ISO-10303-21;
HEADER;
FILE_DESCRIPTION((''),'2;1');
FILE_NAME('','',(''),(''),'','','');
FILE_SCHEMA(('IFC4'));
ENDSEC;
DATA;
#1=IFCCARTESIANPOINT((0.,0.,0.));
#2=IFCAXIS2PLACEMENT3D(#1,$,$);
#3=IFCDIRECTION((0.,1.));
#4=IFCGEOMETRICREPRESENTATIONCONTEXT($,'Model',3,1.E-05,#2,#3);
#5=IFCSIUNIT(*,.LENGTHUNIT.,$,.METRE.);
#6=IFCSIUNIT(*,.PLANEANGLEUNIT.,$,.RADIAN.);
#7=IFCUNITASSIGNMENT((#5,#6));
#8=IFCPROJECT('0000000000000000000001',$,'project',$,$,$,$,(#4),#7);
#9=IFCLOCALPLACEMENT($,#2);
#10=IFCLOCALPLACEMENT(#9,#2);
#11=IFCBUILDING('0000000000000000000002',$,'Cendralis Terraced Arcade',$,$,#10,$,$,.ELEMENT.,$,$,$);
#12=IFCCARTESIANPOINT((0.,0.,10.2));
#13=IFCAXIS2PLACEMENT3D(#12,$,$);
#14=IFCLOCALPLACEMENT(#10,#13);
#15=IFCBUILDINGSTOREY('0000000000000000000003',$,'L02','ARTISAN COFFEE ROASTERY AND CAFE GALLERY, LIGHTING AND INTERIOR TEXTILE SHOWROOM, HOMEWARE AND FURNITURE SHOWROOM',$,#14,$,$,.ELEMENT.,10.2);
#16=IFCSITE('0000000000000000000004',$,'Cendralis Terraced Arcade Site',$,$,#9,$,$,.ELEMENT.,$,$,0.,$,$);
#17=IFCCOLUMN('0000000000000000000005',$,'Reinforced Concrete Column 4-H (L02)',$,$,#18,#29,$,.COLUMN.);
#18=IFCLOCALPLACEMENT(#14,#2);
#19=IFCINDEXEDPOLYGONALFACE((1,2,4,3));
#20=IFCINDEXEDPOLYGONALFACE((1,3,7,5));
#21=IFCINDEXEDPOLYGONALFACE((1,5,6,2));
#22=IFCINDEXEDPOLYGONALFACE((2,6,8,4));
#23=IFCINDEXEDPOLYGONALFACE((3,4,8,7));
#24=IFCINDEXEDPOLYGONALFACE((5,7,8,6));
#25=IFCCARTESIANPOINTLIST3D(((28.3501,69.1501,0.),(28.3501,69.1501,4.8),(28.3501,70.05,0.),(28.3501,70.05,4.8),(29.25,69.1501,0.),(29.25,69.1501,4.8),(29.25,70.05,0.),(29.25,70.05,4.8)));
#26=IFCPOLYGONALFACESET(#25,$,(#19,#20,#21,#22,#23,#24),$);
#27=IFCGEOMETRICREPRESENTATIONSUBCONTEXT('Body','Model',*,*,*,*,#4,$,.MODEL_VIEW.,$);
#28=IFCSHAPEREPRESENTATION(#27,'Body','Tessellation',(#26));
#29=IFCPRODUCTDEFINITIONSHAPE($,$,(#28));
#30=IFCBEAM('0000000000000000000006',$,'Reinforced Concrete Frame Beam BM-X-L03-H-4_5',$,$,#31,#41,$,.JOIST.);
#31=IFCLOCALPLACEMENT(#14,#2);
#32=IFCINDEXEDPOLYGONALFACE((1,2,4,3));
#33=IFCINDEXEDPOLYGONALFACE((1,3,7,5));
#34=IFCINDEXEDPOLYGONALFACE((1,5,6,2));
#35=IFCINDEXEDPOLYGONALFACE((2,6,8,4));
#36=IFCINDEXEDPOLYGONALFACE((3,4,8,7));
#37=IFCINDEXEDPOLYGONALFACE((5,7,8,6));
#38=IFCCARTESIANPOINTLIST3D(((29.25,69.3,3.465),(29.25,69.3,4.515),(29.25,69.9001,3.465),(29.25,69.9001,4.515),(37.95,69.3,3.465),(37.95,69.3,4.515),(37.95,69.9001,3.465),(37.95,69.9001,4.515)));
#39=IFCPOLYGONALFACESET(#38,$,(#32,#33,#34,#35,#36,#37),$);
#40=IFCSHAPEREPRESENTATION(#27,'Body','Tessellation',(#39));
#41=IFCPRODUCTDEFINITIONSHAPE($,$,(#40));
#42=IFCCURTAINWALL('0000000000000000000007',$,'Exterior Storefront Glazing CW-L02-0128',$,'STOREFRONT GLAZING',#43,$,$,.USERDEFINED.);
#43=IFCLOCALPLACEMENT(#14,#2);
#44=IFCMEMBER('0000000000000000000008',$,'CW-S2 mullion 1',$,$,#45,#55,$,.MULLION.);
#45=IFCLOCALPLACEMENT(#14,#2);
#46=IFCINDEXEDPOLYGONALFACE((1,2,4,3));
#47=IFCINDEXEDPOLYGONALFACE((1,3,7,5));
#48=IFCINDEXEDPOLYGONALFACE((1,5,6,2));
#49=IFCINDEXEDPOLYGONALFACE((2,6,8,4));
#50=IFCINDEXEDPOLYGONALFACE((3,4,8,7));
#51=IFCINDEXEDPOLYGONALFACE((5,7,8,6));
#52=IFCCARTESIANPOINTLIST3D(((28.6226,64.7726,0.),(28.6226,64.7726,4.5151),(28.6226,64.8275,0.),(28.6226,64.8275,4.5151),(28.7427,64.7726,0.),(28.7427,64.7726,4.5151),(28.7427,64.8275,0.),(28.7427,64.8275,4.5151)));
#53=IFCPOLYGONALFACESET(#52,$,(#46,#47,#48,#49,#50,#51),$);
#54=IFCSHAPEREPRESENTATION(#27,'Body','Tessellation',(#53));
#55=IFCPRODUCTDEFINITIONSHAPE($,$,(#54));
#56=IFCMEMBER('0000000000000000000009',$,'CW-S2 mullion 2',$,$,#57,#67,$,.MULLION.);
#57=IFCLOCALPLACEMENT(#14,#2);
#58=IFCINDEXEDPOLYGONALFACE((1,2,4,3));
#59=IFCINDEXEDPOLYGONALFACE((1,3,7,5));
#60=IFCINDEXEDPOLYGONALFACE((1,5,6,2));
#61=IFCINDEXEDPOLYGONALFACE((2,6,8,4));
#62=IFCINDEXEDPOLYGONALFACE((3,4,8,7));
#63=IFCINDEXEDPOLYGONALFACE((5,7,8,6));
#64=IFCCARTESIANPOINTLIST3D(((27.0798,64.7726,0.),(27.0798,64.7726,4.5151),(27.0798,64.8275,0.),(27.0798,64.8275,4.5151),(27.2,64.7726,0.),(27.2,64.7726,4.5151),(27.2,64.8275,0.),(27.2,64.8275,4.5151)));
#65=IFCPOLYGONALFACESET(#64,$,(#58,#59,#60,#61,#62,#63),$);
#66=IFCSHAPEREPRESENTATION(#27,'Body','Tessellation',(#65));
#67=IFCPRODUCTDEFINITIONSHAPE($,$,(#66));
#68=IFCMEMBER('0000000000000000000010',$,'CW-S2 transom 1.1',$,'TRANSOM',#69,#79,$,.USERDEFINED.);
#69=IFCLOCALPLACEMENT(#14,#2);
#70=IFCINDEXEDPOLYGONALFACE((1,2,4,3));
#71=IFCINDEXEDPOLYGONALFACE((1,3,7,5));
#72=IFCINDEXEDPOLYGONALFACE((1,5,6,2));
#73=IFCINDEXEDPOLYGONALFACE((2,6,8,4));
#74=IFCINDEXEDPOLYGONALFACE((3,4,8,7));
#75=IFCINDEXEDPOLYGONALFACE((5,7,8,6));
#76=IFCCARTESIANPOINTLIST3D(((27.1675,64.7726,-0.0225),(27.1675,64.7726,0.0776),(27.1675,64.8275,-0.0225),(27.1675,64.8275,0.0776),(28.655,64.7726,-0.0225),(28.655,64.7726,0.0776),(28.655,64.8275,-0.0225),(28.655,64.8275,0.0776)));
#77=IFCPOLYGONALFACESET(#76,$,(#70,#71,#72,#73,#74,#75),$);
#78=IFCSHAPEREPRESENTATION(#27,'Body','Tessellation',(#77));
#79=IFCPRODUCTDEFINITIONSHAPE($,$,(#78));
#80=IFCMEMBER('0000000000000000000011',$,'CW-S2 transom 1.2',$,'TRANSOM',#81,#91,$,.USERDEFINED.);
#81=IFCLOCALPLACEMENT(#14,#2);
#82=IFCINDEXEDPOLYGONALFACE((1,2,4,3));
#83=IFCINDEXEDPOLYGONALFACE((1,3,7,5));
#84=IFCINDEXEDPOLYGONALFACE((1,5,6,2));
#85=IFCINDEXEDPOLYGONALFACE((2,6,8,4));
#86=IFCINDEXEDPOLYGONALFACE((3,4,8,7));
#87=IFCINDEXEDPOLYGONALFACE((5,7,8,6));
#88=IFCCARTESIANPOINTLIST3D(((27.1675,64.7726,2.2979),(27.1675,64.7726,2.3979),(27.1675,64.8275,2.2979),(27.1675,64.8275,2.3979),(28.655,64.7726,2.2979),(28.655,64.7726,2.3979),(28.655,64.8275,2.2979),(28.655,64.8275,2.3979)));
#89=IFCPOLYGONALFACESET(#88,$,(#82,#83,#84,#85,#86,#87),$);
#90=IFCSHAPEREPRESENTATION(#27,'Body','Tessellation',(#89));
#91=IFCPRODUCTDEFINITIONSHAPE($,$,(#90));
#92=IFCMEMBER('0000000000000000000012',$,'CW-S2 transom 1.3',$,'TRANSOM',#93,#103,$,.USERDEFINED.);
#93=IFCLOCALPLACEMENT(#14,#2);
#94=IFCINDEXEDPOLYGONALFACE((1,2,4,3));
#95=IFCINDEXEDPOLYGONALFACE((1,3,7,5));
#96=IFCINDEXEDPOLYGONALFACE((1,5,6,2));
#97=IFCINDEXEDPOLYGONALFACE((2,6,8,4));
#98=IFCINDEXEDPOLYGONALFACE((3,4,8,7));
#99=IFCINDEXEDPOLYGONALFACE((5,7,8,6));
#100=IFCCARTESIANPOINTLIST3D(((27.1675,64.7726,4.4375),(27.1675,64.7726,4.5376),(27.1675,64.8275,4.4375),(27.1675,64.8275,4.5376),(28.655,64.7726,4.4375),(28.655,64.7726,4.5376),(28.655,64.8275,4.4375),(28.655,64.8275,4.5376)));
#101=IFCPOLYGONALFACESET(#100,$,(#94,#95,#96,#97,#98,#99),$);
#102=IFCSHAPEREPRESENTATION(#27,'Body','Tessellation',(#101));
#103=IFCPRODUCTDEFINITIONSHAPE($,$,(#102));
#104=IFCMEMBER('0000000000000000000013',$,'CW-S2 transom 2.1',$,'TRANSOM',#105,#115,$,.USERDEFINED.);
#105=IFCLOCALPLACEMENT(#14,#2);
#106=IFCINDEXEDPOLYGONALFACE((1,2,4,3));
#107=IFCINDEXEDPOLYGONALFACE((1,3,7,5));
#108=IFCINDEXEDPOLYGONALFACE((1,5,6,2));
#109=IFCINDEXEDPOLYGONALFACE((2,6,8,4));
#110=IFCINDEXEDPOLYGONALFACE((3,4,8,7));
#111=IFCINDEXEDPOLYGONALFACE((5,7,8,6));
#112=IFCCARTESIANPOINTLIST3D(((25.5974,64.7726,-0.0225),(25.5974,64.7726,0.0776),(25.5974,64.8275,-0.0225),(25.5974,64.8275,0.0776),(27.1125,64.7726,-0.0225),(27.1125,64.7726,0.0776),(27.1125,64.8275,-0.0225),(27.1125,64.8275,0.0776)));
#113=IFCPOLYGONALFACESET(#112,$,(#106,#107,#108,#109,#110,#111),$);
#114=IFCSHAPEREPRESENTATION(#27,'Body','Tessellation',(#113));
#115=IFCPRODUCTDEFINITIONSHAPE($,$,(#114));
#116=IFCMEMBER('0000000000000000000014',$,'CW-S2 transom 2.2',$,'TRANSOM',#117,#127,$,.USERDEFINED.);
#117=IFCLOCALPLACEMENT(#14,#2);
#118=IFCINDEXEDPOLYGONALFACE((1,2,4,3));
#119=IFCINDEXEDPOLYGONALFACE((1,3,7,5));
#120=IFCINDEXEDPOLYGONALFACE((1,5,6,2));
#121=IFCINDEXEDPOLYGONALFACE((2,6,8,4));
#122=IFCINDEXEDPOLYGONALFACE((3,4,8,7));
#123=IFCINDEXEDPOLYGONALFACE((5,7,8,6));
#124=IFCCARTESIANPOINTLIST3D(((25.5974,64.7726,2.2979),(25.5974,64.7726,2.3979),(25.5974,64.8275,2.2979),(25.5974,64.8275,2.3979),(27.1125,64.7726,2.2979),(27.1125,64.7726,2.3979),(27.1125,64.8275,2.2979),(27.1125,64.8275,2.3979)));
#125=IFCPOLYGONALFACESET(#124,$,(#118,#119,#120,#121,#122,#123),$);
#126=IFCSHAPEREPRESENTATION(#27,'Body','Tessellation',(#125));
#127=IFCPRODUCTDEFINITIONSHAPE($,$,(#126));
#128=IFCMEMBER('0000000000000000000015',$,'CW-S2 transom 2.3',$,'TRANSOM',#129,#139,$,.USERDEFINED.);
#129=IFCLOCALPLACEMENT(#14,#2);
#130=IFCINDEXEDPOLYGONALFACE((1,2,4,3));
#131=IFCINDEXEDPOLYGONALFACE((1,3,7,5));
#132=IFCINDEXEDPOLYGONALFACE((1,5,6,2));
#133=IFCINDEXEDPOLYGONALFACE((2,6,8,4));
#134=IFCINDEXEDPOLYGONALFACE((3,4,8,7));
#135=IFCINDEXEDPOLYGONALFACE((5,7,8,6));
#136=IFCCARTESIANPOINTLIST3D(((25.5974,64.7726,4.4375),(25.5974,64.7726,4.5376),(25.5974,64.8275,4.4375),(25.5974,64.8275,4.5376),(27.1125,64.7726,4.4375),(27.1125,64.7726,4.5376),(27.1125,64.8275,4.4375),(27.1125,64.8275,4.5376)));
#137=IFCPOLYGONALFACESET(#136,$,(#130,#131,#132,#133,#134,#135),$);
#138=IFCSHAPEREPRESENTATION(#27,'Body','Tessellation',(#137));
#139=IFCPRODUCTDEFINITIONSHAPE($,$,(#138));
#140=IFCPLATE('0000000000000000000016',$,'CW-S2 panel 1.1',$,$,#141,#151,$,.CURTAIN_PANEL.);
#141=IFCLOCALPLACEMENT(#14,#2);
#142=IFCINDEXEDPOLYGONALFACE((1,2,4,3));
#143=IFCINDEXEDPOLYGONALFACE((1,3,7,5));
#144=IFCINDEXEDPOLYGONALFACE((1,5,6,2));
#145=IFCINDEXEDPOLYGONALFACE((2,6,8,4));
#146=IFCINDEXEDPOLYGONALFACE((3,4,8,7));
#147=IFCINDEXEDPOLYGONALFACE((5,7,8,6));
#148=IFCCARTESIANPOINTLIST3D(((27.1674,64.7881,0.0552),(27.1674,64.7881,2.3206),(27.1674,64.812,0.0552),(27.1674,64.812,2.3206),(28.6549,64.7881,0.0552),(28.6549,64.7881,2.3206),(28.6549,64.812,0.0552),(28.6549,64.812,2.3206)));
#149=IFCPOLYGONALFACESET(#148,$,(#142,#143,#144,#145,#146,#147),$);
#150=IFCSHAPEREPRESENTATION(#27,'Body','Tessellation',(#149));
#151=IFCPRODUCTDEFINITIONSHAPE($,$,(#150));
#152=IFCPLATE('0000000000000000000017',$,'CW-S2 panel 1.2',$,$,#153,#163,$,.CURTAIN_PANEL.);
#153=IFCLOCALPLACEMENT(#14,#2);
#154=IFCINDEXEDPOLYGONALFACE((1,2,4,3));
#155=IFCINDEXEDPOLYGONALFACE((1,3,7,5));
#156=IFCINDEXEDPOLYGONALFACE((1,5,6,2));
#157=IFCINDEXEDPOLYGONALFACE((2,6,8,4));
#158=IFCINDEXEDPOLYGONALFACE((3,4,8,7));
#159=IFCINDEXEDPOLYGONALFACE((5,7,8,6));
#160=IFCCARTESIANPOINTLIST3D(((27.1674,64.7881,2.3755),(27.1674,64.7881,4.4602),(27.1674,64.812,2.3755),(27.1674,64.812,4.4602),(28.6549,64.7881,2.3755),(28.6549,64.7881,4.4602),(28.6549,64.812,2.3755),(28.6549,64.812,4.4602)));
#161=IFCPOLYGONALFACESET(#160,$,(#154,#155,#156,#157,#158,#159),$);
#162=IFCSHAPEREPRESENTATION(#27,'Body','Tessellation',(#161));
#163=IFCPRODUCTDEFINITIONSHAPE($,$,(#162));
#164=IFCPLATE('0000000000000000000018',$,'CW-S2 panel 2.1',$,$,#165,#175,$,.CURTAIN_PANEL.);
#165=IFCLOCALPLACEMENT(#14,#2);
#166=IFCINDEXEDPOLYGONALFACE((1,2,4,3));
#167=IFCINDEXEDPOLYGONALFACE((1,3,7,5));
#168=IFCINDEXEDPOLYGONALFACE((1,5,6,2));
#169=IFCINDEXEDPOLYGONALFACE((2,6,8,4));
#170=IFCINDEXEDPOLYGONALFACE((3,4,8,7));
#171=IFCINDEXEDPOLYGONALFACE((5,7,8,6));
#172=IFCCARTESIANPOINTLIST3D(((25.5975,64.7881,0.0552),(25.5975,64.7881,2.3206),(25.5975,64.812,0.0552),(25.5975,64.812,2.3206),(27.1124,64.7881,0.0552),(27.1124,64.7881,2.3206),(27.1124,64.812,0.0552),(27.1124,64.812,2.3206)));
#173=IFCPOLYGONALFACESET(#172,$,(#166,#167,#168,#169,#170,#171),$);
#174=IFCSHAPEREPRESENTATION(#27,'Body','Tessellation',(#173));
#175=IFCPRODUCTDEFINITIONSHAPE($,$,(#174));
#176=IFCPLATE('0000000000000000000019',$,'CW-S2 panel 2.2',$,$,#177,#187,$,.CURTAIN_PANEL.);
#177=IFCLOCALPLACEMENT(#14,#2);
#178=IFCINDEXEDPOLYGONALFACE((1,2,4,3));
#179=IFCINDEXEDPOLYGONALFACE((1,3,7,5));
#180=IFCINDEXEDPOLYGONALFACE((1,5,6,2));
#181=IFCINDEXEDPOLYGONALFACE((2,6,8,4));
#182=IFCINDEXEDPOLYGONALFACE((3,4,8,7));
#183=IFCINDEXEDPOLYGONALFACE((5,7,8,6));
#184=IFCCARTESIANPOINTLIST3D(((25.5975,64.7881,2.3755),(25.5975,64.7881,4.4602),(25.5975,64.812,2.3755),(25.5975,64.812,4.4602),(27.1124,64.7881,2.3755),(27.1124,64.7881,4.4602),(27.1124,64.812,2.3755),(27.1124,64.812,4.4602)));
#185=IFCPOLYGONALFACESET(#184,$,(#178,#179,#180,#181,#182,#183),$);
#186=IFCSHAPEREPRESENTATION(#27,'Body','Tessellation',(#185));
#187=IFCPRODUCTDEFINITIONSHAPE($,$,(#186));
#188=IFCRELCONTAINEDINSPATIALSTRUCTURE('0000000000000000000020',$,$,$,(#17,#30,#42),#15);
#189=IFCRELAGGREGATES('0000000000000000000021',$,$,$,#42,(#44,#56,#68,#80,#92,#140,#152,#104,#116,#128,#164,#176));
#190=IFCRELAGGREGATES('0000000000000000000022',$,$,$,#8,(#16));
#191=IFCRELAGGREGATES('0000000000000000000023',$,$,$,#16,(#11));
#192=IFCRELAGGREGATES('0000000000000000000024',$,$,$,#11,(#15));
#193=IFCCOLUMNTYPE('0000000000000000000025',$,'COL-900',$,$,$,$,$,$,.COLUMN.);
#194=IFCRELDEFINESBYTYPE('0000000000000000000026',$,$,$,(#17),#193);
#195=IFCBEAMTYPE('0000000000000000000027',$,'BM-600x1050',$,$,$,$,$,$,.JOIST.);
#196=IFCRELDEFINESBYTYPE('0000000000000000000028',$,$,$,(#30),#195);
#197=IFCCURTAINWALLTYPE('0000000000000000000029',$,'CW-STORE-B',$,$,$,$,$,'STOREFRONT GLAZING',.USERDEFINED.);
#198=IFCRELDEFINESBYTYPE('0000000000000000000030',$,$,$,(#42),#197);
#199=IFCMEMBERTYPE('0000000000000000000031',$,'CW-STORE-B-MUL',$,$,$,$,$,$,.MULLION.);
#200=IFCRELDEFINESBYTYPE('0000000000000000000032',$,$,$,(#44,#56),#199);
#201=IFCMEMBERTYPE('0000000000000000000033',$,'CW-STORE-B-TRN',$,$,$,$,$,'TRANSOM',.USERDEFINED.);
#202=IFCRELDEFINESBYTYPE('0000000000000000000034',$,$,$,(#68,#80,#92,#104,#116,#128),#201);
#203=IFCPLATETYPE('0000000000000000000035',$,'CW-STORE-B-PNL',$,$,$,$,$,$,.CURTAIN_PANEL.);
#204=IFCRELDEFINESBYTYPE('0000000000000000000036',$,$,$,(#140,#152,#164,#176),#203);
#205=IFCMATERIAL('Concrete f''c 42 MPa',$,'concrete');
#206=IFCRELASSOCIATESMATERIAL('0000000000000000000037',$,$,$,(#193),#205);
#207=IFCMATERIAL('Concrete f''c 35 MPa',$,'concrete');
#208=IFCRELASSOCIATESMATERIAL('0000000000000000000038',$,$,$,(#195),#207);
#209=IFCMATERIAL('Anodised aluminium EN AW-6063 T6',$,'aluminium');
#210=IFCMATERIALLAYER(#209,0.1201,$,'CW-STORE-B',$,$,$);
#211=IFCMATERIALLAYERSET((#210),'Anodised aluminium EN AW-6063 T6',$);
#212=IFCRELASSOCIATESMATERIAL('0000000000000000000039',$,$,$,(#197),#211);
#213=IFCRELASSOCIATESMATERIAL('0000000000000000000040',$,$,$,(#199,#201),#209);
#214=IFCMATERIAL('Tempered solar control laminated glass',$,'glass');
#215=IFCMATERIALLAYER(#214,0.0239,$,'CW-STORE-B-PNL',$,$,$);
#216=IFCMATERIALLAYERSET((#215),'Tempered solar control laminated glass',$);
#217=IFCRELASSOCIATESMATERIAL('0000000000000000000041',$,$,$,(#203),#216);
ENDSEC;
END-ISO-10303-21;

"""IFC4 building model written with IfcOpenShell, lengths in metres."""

from ifc_helpers import new_model, si_unit, direction, frame, origin, origin_2d, place, context, subcontext, project, spatial, rectangle, extrude, material, layer, layer_set, material_profile, profile_set, type_object, element, aggregate, save


model = new_model("IFC4")

# Units and contexts
model_context = context("Model", 3, precision=1e-05, world=origin(), true_north=direction((0.0, 1.0)))
body_context = subcontext(model_context, "Body", "Model", "MODEL_VIEW")
ifc_project = project(units=[si_unit("LENGTHUNIT", "METRE"), si_unit("PLANEANGLEUNIT", "RADIAN")], contexts=[model_context])

# Site, building, storey
site_placement = place(None, origin())
site = spatial("IfcSite", under=ifc_project, at=site_placement, Name="Cendralis Terraced Arcade Site", CompositionType="ELEMENT", RefElevation=0.0)
building_placement = place(site_placement, origin())
building = spatial("IfcBuilding", under=site, at=building_placement, Name="Cendralis Terraced Arcade", CompositionType="ELEMENT")
storey_placement = place(building_placement, frame((0.0, 0.0, 10.2)))
storey = spatial("IfcBuildingStorey", under=building, at=storey_placement, Name="L02", Description="ARTISAN COFFEE ROASTERY AND CAFE GALLERY, LIGHTING AND INTERIOR TEXTILE SHOWROOM, HOMEWARE AND FURNITURE SHOWROOM", CompositionType="ELEMENT", Elevation=10.2)

# Column
ifc_material_1 = material(Name="Concrete f'c 42 MPa", Category="concrete")
ifc_material_profile_1 = material_profile(ifc_material_1, rectangle(XDim=0.8999, YDim=0.8999, at=origin_2d()), Name="RC-COL-900x900", Category="LoadBearing")
ifc_profile_set_1 = profile_set([ifc_material_profile_1], Name="Concrete f'c 42 MPa")
column_type = type_object("IfcColumnType", Name="COL-900", PredefinedType="COLUMN", material=ifc_profile_set_1)
column_placement = place(storey_placement, frame((28.8, 69.6001, 0.0), z_axis=(0.0, 0.0, 1.0), x_axis=(1.0, 0.0, 0.0)))
element("IfcColumn", 1, at=column_placement, inside=storey, type_object=column_type, Name="Reinforced Concrete Column 4-H (L02)", PredefinedType="COLUMN", context=body_context, shape_type="SweptSolid", body=[
    extrude(rectangle(XDim=0.8999, YDim=0.8999, at=origin_2d()), origin(), (0.0, 0.0, 1.0), 4.8),
])

# Beam
ifc_material_2 = material(Name="Concrete f'c 35 MPa", Category="concrete")
ifc_material_profile_2 = material_profile(ifc_material_2, rectangle(XDim=0.6001, YDim=1.05, at=origin_2d()), Name="RC-BM-600x1050", Category="LoadBearing")
ifc_profile_set_2 = profile_set([ifc_material_profile_2], Name="Concrete f'c 35 MPa")
beam_type = type_object("IfcBeamType", Name="BM-600x1050", PredefinedType="JOIST", material=ifc_profile_set_2)
beam_placement = place(storey_placement, frame((29.25, 69.6001, 3.99), z_axis=(1.0, 0.0, 0.0), x_axis=(0.0, 1.0, 0.0)))
element("IfcBeam", 2, at=beam_placement, inside=storey, type_object=beam_type, Name="Reinforced Concrete Frame Beam BM-X-L03-H-4_5", PredefinedType="JOIST", context=body_context, shape_type="SweptSolid", body=[
    extrude(rectangle(XDim=0.6001, YDim=1.05, at=origin_2d()), origin(), (0.0, 0.0, 1.0), 8.7),
])

# Curtain wall, members, plates
ifc_material_3 = material(Name="Anodised aluminium EN AW-6063 T6", Category="aluminium")
ifc_layer_1 = layer(ifc_material_3, 0.1201, Name="CW-STORE-B")
ifc_layer_set_1 = layer_set([ifc_layer_1], Name="Anodised aluminium EN AW-6063 T6")
curtain_wall_type = type_object("IfcCurtainWallType", Name="CW-STORE-B", ElementType="STOREFRONT GLAZING", PredefinedType="USERDEFINED", material=ifc_layer_set_1)
curtain_wall_placement = place(storey_placement, origin())
curtain_wall = element("IfcCurtainWall", 3, at=curtain_wall_placement, inside=storey, type_object=curtain_wall_type, Name="Exterior Storefront Glazing CW-L02-0128", ObjectType="STOREFRONT GLAZING", PredefinedType="USERDEFINED")
ifc_material_profile_3 = material_profile(ifc_material_3, rectangle(XDim=0.0549, YDim=0.1201, at=origin_2d()), Name="ALU-MUL-55x120")
ifc_profile_set_3 = profile_set([ifc_material_profile_3], Name="Anodised aluminium EN AW-6063 T6")
member_type_1 = type_object("IfcMemberType", Name="CW-STORE-B-MUL", PredefinedType="MULLION", material=ifc_profile_set_3)
member_1_placement = place(storey_placement, frame((28.6826, 64.8, 0.0), z_axis=(0.0, 0.0, 1.0), x_axis=(0.0, -1.0, 0.0)))
member_1 = element("IfcMember", 4, at=member_1_placement, type_object=member_type_1, Name="CW-S2 mullion 1", PredefinedType="MULLION", context=body_context, shape_type="SweptSolid", body=[
    extrude(rectangle(XDim=0.0549, YDim=0.1201, at=origin_2d()), origin(), (0.0, 0.0, 1.0), 4.5151),
])
member_2_placement = place(storey_placement, frame((27.1399, 64.8, 0.0), z_axis=(0.0, 0.0, 1.0), x_axis=(0.0, -1.0, 0.0)))
member_2 = element("IfcMember", 5, at=member_2_placement, type_object=member_type_1, Name="CW-S2 mullion 2", PredefinedType="MULLION", context=body_context, shape_type="SweptSolid", body=[
    extrude(rectangle(XDim=0.0549, YDim=0.1201, at=origin_2d()), origin(), (0.0, 0.0, 1.0), 4.5151),
])
ifc_material_profile_4 = material_profile(ifc_material_3, rectangle(XDim=0.0549, YDim=0.1001, at=origin_2d()), Name="ALU-TRN-55x100")
ifc_profile_set_4 = profile_set([ifc_material_profile_4], Name="Anodised aluminium EN AW-6063 T6")
member_type_2 = type_object("IfcMemberType", Name="CW-STORE-B-TRN", ElementType="TRANSOM", PredefinedType="USERDEFINED", material=ifc_profile_set_4)
member_3_placement = place(storey_placement, frame((28.655, 64.8, 0.0276), z_axis=(-1.0, 0.0, 0.0), x_axis=(0.0, -1.0, 0.0)))
member_3 = element("IfcMember", 6, at=member_3_placement, type_object=member_type_2, Name="CW-S2 transom 1.1", ObjectType="TRANSOM", PredefinedType="USERDEFINED", context=body_context, shape_type="SweptSolid", body=[
    extrude(rectangle(XDim=0.0549, YDim=0.1001, at=origin_2d()), origin(), (0.0, 0.0, 1.0), 1.4875),
])
member_4_placement = place(storey_placement, frame((28.655, 64.8, 2.3479), z_axis=(-1.0, 0.0, 0.0), x_axis=(0.0, -1.0, 0.0)))
member_4 = element("IfcMember", 7, at=member_4_placement, type_object=member_type_2, Name="CW-S2 transom 1.2", ObjectType="TRANSOM", PredefinedType="USERDEFINED", context=body_context, shape_type="SweptSolid", body=[
    extrude(rectangle(XDim=0.0549, YDim=0.1001, at=origin_2d()), origin(), (0.0, 0.0, 1.0), 1.4875),
])
member_5_placement = place(storey_placement, frame((28.655, 64.8, 4.4875), z_axis=(-1.0, 0.0, 0.0), x_axis=(0.0, -1.0, 0.0)))
member_5 = element("IfcMember", 8, at=member_5_placement, type_object=member_type_2, Name="CW-S2 transom 1.3", ObjectType="TRANSOM", PredefinedType="USERDEFINED", context=body_context, shape_type="SweptSolid", body=[
    extrude(rectangle(XDim=0.0549, YDim=0.1001, at=origin_2d()), origin(), (0.0, 0.0, 1.0), 1.4875),
])
member_6_placement = place(storey_placement, frame((27.1125, 64.8, 0.0276), z_axis=(-1.0, 0.0, 0.0), x_axis=(0.0, -1.0, 0.0)))
member_6 = element("IfcMember", 9, at=member_6_placement, type_object=member_type_2, Name="CW-S2 transom 2.1", ObjectType="TRANSOM", PredefinedType="USERDEFINED", context=body_context, shape_type="SweptSolid", body=[
    extrude(rectangle(XDim=0.0549, YDim=0.1001, at=origin_2d()), origin(), (0.0, 0.0, 1.0), 1.5151),
])
member_7_placement = place(storey_placement, frame((27.1125, 64.8, 2.3479), z_axis=(-1.0, 0.0, 0.0), x_axis=(0.0, -1.0, 0.0)))
member_7 = element("IfcMember", 10, at=member_7_placement, type_object=member_type_2, Name="CW-S2 transom 2.2", ObjectType="TRANSOM", PredefinedType="USERDEFINED", context=body_context, shape_type="SweptSolid", body=[
    extrude(rectangle(XDim=0.0549, YDim=0.1001, at=origin_2d()), origin(), (0.0, 0.0, 1.0), 1.5151),
])
member_8_placement = place(storey_placement, frame((27.1125, 64.8, 4.4875), z_axis=(-1.0, 0.0, 0.0), x_axis=(0.0, -1.0, 0.0)))
member_8 = element("IfcMember", 11, at=member_8_placement, type_object=member_type_2, Name="CW-S2 transom 2.3", ObjectType="TRANSOM", PredefinedType="USERDEFINED", context=body_context, shape_type="SweptSolid", body=[
    extrude(rectangle(XDim=0.0549, YDim=0.1001, at=origin_2d()), origin(), (0.0, 0.0, 1.0), 1.5151),
])
ifc_material_4 = material(Name="Tempered solar control laminated glass", Category="glass")
ifc_layer_2 = layer(ifc_material_4, 0.0239, Name="CW-STORE-B-PNL")
ifc_layer_set_2 = layer_set([ifc_layer_2], Name="Tempered solar control laminated glass")
plate_type = type_object("IfcPlateType", Name="CW-STORE-B-PNL", PredefinedType="CURTAIN_PANEL", material=ifc_layer_set_2)
plate_1_placement = place(storey_placement, frame((27.9111, 64.8, 0.0552), z_axis=(0.0, 0.0, 1.0), x_axis=(-1.0, 0.0, 0.0)))
plate_1 = element("IfcPlate", 12, at=plate_1_placement, type_object=plate_type, Name="CW-S2 panel 1.1", PredefinedType="CURTAIN_PANEL", context=body_context, shape_type="SweptSolid", body=[
    extrude(rectangle(XDim=1.4875, YDim=0.0239, at=origin_2d()), origin(), (0.0, 0.0, 1.0), 2.2654),
])
plate_2_placement = place(storey_placement, frame((27.9111, 64.8, 2.3755), z_axis=(0.0, 0.0, 1.0), x_axis=(-1.0, 0.0, 0.0)))
plate_2 = element("IfcPlate", 13, at=plate_2_placement, type_object=plate_type, Name="CW-S2 panel 1.2", PredefinedType="CURTAIN_PANEL", context=body_context, shape_type="SweptSolid", body=[
    extrude(rectangle(XDim=1.4875, YDim=0.0239, at=origin_2d()), origin(), (0.0, 0.0, 1.0), 2.0847),
])
plate_3_placement = place(storey_placement, frame((26.355, 64.8, 0.0552), z_axis=(0.0, 0.0, 1.0), x_axis=(-1.0, 0.0, 0.0)))
plate_3 = element("IfcPlate", 14, at=plate_3_placement, type_object=plate_type, Name="CW-S2 panel 2.1", PredefinedType="CURTAIN_PANEL", context=body_context, shape_type="SweptSolid", body=[
    extrude(rectangle(XDim=1.5149, YDim=0.0239, at=origin_2d()), origin(), (0.0, 0.0, 1.0), 2.2654),
])
plate_4_placement = place(storey_placement, frame((26.355, 64.8, 2.3755), z_axis=(0.0, 0.0, 1.0), x_axis=(-1.0, 0.0, 0.0)))
plate_4 = element("IfcPlate", 15, at=plate_4_placement, type_object=plate_type, Name="CW-S2 panel 2.2", PredefinedType="CURTAIN_PANEL", context=body_context, shape_type="SweptSolid", body=[
    extrude(rectangle(XDim=1.5149, YDim=0.0239, at=origin_2d()), origin(), (0.0, 0.0, 1.0), 2.0847),
])
aggregate(curtain_wall, [member_1, member_2, member_3, member_4, member_5, plate_1, plate_2, member_6, member_7, member_8, plate_3, plate_4])

save(model, "model.ifc")
